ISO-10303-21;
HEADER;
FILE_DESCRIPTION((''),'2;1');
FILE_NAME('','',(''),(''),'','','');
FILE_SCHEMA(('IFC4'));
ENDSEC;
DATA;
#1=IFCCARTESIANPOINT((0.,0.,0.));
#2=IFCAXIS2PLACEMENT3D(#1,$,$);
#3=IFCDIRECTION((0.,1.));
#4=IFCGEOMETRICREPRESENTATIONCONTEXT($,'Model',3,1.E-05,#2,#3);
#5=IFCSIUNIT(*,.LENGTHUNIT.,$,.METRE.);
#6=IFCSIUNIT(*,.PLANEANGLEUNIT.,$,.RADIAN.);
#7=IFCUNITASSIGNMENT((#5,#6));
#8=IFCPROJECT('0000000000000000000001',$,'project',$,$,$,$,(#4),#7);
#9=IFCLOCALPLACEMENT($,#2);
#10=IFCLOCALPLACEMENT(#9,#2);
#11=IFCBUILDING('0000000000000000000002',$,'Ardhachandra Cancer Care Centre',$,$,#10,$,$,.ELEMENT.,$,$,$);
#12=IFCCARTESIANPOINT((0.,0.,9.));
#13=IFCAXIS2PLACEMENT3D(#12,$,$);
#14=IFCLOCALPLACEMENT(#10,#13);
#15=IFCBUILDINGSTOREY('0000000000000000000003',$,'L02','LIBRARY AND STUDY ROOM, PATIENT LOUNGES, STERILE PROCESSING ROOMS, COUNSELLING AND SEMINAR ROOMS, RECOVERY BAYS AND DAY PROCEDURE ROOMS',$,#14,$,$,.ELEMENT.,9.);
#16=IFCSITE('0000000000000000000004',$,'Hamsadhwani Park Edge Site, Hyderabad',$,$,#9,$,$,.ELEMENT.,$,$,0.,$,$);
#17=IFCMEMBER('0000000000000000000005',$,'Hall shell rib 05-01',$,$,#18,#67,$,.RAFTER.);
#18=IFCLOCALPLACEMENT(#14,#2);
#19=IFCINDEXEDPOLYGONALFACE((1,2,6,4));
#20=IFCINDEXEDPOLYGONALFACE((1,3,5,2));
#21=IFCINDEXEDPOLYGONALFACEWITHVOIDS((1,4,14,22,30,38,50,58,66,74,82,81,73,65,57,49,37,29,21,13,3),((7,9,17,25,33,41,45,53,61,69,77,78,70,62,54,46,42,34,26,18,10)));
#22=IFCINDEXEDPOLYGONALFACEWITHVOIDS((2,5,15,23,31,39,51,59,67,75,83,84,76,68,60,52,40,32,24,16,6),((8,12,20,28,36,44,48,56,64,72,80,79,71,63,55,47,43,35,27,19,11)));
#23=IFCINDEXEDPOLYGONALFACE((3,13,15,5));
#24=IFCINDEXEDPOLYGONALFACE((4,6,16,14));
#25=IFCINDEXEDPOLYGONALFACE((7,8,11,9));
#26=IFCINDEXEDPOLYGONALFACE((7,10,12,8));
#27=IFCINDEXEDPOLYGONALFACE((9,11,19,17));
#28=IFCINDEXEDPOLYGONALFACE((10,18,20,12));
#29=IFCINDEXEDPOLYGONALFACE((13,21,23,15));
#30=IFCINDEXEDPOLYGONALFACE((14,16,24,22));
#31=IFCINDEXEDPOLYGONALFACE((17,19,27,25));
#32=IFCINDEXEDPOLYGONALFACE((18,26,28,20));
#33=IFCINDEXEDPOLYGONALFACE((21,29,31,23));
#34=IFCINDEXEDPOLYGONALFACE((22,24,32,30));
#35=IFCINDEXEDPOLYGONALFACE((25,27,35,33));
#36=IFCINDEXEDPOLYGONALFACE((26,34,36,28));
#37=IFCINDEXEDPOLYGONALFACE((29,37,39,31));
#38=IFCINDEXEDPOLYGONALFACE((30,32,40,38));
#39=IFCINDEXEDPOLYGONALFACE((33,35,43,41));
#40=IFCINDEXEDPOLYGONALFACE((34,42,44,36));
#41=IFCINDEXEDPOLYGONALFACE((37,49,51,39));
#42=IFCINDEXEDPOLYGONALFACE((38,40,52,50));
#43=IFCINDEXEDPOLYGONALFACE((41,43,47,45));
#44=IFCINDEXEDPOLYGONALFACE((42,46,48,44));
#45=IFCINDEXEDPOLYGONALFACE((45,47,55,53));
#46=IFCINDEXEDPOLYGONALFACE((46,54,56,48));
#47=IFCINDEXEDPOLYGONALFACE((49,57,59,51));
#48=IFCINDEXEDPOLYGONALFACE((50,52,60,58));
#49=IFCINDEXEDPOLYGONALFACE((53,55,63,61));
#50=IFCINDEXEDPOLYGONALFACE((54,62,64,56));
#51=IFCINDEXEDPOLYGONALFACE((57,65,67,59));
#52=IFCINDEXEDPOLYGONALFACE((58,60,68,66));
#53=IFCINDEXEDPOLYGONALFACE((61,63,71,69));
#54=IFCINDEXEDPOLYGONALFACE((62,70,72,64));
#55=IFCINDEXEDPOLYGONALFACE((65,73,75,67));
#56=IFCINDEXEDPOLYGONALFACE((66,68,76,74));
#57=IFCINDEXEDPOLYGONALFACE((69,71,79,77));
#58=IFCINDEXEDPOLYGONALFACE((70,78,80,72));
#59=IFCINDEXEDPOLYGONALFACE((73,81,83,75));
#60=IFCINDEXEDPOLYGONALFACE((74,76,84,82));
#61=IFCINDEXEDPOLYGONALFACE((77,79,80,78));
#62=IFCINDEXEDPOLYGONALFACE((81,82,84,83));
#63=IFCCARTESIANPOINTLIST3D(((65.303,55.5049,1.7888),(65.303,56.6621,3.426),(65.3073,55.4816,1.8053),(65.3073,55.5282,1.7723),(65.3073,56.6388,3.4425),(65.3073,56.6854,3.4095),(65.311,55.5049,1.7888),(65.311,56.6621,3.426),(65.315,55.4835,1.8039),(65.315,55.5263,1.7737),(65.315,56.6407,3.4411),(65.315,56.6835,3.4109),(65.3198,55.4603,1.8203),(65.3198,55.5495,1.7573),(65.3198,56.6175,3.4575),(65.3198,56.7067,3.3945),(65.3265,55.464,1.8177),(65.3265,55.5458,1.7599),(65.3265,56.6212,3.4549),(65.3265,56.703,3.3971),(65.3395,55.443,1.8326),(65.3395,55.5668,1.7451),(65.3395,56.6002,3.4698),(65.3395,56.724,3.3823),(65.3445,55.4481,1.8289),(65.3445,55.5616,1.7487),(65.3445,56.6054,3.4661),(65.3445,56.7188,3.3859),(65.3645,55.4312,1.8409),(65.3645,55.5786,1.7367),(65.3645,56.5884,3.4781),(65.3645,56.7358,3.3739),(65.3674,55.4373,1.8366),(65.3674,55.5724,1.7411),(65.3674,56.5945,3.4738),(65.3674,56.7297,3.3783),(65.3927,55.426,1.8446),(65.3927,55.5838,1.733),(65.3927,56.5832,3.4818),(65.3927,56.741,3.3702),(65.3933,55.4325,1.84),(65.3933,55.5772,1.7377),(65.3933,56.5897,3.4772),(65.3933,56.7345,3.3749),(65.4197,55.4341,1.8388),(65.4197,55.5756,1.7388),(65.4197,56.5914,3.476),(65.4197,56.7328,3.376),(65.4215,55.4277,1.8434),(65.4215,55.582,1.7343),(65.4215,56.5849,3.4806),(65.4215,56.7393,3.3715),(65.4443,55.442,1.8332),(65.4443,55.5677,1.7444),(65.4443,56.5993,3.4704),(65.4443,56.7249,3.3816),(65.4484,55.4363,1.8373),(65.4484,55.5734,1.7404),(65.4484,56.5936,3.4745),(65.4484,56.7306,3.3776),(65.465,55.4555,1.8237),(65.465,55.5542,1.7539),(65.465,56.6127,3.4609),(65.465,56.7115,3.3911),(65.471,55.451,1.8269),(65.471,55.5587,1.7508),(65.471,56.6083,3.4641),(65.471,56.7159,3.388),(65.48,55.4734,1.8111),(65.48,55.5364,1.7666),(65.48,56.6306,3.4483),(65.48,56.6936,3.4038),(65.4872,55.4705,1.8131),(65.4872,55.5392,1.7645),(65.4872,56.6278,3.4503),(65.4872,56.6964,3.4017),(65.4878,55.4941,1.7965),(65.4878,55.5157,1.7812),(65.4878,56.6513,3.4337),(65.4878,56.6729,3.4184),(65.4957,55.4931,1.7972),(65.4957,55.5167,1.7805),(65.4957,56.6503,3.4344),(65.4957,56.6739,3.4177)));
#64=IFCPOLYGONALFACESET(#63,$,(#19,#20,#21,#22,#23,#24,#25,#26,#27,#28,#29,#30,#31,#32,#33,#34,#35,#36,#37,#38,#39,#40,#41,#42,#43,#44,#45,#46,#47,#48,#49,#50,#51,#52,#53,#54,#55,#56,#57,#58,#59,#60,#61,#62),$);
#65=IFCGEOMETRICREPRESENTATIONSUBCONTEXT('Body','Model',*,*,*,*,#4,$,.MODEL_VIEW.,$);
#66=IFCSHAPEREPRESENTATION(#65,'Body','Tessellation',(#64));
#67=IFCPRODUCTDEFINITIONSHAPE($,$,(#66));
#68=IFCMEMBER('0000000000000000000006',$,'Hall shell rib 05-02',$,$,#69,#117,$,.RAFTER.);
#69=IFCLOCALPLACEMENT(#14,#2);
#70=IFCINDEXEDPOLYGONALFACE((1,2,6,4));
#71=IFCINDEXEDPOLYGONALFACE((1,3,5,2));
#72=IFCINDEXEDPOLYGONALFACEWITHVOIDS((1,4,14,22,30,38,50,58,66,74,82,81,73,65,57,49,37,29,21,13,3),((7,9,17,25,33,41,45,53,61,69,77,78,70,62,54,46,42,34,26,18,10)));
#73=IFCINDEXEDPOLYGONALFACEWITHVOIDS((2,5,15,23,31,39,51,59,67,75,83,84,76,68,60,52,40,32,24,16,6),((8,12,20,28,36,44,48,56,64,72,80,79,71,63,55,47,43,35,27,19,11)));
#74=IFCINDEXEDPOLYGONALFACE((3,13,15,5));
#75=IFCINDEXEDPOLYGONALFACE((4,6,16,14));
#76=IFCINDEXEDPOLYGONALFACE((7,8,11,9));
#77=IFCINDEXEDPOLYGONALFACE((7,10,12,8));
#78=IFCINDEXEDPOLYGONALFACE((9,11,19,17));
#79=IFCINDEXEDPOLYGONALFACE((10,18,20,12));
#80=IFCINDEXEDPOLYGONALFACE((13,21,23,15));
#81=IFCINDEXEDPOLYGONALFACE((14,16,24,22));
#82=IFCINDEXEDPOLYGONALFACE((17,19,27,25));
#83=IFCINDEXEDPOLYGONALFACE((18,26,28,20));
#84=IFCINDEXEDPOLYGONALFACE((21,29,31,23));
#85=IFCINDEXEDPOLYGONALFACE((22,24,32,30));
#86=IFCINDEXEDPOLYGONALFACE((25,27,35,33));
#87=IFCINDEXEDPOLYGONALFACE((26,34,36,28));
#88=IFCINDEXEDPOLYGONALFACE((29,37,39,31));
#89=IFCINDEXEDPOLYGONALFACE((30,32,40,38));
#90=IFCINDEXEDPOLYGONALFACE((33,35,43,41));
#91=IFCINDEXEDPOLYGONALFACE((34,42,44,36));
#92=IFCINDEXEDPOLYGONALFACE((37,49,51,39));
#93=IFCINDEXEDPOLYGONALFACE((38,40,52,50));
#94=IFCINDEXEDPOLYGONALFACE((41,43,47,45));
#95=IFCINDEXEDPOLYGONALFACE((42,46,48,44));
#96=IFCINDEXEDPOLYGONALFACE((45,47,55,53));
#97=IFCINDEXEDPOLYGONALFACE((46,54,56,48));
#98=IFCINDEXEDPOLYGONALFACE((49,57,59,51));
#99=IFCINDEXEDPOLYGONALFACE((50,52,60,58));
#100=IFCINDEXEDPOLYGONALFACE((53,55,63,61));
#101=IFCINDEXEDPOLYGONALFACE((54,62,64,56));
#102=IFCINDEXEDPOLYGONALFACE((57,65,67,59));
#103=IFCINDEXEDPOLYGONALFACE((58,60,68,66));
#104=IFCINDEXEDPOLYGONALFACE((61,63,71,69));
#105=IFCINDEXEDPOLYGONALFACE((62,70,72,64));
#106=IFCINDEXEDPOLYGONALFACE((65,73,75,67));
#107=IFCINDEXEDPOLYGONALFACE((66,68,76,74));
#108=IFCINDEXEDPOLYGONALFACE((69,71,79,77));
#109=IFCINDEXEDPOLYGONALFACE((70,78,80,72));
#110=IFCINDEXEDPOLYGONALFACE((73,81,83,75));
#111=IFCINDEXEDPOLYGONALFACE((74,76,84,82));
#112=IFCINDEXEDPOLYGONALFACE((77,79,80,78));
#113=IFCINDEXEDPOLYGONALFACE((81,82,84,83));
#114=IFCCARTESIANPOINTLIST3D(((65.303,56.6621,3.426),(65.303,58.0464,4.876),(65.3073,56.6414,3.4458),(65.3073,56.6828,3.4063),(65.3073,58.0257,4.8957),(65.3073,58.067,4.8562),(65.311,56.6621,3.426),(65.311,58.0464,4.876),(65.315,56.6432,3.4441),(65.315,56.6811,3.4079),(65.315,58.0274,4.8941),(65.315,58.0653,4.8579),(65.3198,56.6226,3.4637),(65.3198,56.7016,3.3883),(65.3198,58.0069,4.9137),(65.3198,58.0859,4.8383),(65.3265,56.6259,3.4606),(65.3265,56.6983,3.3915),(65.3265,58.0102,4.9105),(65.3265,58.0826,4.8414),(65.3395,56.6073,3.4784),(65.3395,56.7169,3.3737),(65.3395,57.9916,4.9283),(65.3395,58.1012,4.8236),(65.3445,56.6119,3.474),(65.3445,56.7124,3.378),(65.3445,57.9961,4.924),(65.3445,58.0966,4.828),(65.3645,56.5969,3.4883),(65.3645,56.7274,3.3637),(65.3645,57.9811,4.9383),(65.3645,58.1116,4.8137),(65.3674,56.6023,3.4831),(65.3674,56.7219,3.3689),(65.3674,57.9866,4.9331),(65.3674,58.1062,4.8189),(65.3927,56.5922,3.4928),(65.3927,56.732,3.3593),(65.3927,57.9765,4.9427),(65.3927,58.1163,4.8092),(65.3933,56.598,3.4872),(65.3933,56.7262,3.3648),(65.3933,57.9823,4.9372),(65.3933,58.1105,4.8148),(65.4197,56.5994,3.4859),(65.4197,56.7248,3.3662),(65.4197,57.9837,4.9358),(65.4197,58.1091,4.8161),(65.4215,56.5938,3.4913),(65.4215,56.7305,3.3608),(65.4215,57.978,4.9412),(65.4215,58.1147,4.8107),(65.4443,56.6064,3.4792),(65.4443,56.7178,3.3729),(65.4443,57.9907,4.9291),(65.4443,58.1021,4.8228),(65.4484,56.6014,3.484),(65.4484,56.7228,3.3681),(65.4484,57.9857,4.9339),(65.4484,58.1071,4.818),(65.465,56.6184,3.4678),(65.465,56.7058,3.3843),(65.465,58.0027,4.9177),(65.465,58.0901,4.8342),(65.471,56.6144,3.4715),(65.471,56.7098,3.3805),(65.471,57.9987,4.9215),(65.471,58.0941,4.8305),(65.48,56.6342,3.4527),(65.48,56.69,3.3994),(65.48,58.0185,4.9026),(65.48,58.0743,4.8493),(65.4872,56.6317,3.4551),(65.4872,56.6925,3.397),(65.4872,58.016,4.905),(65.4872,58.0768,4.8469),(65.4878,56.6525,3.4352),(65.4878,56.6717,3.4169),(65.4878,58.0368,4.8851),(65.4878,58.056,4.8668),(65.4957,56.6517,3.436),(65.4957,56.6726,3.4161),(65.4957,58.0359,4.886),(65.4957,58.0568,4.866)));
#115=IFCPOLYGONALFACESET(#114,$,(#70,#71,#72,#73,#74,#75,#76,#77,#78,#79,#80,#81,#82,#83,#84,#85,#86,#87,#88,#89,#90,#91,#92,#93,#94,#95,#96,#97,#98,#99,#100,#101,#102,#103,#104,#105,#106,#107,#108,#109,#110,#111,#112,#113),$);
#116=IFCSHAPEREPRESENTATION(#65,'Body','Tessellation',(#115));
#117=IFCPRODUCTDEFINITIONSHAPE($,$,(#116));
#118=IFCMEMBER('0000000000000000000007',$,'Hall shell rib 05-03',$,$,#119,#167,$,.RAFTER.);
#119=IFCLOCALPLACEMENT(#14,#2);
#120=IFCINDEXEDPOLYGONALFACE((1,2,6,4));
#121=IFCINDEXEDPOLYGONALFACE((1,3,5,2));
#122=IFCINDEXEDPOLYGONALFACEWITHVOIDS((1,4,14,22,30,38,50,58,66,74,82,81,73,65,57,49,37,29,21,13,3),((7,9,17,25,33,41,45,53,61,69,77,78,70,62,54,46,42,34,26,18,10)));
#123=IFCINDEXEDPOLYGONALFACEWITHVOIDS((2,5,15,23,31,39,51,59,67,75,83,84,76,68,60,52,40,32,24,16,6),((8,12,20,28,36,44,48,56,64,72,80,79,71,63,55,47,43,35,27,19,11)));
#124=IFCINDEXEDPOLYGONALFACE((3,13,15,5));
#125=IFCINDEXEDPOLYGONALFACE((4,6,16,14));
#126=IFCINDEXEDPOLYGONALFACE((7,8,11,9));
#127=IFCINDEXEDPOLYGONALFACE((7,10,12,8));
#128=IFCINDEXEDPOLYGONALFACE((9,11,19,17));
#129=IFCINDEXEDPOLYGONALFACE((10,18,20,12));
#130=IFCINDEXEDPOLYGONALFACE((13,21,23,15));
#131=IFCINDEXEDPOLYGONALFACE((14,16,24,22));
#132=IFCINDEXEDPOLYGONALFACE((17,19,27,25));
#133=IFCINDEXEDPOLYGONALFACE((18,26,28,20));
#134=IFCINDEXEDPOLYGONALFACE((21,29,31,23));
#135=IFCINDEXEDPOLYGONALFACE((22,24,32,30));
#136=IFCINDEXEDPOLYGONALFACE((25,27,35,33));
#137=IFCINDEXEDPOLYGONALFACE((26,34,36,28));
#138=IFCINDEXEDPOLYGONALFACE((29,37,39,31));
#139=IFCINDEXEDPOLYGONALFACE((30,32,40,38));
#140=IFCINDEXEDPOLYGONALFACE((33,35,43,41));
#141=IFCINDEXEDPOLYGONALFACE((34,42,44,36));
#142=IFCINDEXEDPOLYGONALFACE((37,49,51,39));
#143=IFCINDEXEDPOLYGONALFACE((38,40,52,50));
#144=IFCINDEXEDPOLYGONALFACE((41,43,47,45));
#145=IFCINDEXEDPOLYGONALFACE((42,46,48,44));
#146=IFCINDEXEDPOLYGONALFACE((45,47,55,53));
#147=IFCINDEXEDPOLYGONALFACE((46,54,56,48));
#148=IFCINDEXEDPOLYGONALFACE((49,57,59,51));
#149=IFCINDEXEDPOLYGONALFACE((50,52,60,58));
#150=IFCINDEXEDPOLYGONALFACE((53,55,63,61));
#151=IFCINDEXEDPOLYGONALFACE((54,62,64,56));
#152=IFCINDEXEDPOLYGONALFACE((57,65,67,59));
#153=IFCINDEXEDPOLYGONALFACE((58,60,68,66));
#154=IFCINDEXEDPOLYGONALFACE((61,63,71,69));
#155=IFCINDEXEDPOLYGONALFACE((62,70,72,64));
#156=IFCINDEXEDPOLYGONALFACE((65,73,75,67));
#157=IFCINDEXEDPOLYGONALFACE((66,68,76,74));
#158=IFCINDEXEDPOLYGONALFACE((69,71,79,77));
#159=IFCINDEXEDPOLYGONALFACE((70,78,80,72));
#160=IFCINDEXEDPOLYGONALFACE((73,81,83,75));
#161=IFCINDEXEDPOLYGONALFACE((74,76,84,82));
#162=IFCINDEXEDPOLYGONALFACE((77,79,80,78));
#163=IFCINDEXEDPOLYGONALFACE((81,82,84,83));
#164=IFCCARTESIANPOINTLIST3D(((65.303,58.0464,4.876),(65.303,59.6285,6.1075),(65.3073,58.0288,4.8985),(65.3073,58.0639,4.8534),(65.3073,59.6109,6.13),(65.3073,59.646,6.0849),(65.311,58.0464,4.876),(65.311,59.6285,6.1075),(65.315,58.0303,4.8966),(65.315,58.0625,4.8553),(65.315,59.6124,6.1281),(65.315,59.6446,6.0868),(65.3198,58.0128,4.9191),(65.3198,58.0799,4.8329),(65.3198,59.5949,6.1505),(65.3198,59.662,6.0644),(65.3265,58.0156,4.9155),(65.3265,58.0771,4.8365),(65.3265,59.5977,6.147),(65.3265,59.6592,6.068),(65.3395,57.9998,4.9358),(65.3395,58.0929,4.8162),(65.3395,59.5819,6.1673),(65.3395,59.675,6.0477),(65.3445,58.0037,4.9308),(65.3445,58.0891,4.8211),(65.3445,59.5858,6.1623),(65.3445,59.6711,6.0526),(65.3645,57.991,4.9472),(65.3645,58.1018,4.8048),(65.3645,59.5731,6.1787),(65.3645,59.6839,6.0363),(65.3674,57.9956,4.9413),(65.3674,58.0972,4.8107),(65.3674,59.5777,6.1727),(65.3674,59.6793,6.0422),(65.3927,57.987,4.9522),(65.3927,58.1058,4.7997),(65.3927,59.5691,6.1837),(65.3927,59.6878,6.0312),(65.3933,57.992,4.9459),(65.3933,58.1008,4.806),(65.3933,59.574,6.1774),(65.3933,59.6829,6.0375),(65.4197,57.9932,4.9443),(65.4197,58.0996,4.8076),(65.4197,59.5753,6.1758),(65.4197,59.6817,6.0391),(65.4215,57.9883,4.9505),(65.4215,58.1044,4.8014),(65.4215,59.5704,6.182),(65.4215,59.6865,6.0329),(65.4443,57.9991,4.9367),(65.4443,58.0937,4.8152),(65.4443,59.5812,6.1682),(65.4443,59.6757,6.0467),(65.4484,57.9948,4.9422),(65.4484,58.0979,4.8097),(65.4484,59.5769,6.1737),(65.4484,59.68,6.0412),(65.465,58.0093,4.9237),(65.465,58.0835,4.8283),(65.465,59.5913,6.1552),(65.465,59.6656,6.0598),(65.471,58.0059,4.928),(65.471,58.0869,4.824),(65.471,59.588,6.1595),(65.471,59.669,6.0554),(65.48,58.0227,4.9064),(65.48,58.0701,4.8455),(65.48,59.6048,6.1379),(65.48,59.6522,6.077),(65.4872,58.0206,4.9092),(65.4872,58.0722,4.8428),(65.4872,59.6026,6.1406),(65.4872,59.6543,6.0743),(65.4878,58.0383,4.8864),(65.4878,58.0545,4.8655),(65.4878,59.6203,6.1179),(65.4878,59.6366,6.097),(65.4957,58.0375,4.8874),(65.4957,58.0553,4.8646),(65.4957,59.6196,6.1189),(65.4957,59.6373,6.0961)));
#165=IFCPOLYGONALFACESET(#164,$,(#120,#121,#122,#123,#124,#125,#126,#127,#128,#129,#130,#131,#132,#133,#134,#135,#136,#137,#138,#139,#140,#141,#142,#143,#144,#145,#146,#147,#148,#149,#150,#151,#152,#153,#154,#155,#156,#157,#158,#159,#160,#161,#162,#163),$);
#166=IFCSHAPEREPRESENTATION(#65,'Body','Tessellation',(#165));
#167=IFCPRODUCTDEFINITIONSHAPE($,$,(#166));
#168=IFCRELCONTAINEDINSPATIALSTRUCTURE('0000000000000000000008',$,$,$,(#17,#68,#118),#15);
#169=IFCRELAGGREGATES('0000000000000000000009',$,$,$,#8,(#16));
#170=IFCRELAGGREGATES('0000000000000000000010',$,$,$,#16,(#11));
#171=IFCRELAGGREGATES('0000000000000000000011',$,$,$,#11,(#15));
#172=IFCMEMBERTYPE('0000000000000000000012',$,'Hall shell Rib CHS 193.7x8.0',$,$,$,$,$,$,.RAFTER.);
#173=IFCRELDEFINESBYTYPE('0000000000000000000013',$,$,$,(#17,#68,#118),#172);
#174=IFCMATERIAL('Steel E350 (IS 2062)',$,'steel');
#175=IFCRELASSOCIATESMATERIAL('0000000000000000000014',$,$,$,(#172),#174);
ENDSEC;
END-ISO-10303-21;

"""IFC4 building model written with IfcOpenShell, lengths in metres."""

from ifc_helpers import new_model, si_unit, direction, frame, origin, origin_2d, place, context, subcontext, project, spatial, hollow_circle, extrude, material, material_profile, profile_set, type_object, element, save


model = new_model("IFC4")

# Units and contexts
model_context = context("Model", 3, precision=1e-05, world=origin(), true_north=direction((0.0, 1.0)))
body_context = subcontext(model_context, "Body", "Model", "MODEL_VIEW")
ifc_project = project(units=[si_unit("LENGTHUNIT", "METRE"), si_unit("PLANEANGLEUNIT", "RADIAN")], contexts=[model_context])

# Site, building, storey
site_placement = place(None, origin())
site = spatial("IfcSite", under=ifc_project, at=site_placement, Name="Hamsadhwani Park Edge Site, Hyderabad", CompositionType="ELEMENT", RefElevation=0.0)
building_placement = place(site_placement, origin())
building = spatial("IfcBuilding", under=site, at=building_placement, Name="Ardhachandra Cancer Care Centre", CompositionType="ELEMENT")
storey_placement = place(building_placement, frame((0.0, 0.0, 9.0)))
storey = spatial("IfcBuildingStorey", under=building, at=storey_placement, Name="L02", Description="LIBRARY AND STUDY ROOM, PATIENT LOUNGES, STERILE PROCESSING ROOMS, COUNSELLING AND SEMINAR ROOMS, RECOVERY BAYS AND DAY PROCEDURE ROOMS", CompositionType="ELEMENT", Elevation=9.0)

# Members
ifc_material_1 = material(Name="Steel E350 (IS 2062)", Category="steel")
ifc_material_profile_1 = material_profile(ifc_material_1, hollow_circle(Radius=0.0969, WallThickness=0.0081, at=origin_2d()), Name="CHS 193.7x8.0")
ifc_profile_set_1 = profile_set([ifc_material_profile_1], Name="Steel E350 (IS 2062)")
member_type_1 = type_object("IfcMemberType", Name="Hall shell Rib CHS 193.7x8.0", PredefinedType="RAFTER", material=ifc_profile_set_1)
member_1_placement = place(storey_placement, frame((65.3999, 55.5049, 1.7888), z_axis=(0.0, 0.577199, 0.816603), x_axis=(-1.0, 0.0, 0.0)))
element("IfcMember", 1, at=member_1_placement, inside=storey, type_object=member_type_1, Name="Hall shell rib 05-01", PredefinedType="RAFTER", context=body_context, shape_type="SweptSolid", body=[
    extrude(hollow_circle(Radius=0.0969, WallThickness=0.0081, at=origin_2d()), origin(), (0.0, 0.0, 1.0), 2.0049),
])
member_2_placement = place(storey_placement, frame((65.3999, 56.6621, 3.426), z_axis=(0.0, 0.690537, 0.723297), x_axis=(-1.0, 0.0, 0.0)))
element("IfcMember", 2, at=member_2_placement, inside=storey, type_object=member_type_1, Name="Hall shell rib 05-02", PredefinedType="RAFTER", context=body_context, shape_type="SweptSolid", body=[
    extrude(hollow_circle(Radius=0.0969, WallThickness=0.0081, at=origin_2d()), origin(), (0.0, 0.0, 1.0), 2.0046),
])
member_3_placement = place(storey_placement, frame((65.3999, 58.0464, 4.876), z_axis=(0.0, 0.789116, 0.614244), x_axis=(-1.0, 0.0, 0.0)))
element("IfcMember", 3, at=member_3_placement, inside=storey, type_object=member_type_1, Name="Hall shell rib 05-03", PredefinedType="RAFTER", context=body_context, shape_type="SweptSolid", body=[
    extrude(hollow_circle(Radius=0.0969, WallThickness=0.0081, at=origin_2d()), origin(), (0.0, 0.0, 1.0), 2.0049),
])

save(model, "model.ifc")
